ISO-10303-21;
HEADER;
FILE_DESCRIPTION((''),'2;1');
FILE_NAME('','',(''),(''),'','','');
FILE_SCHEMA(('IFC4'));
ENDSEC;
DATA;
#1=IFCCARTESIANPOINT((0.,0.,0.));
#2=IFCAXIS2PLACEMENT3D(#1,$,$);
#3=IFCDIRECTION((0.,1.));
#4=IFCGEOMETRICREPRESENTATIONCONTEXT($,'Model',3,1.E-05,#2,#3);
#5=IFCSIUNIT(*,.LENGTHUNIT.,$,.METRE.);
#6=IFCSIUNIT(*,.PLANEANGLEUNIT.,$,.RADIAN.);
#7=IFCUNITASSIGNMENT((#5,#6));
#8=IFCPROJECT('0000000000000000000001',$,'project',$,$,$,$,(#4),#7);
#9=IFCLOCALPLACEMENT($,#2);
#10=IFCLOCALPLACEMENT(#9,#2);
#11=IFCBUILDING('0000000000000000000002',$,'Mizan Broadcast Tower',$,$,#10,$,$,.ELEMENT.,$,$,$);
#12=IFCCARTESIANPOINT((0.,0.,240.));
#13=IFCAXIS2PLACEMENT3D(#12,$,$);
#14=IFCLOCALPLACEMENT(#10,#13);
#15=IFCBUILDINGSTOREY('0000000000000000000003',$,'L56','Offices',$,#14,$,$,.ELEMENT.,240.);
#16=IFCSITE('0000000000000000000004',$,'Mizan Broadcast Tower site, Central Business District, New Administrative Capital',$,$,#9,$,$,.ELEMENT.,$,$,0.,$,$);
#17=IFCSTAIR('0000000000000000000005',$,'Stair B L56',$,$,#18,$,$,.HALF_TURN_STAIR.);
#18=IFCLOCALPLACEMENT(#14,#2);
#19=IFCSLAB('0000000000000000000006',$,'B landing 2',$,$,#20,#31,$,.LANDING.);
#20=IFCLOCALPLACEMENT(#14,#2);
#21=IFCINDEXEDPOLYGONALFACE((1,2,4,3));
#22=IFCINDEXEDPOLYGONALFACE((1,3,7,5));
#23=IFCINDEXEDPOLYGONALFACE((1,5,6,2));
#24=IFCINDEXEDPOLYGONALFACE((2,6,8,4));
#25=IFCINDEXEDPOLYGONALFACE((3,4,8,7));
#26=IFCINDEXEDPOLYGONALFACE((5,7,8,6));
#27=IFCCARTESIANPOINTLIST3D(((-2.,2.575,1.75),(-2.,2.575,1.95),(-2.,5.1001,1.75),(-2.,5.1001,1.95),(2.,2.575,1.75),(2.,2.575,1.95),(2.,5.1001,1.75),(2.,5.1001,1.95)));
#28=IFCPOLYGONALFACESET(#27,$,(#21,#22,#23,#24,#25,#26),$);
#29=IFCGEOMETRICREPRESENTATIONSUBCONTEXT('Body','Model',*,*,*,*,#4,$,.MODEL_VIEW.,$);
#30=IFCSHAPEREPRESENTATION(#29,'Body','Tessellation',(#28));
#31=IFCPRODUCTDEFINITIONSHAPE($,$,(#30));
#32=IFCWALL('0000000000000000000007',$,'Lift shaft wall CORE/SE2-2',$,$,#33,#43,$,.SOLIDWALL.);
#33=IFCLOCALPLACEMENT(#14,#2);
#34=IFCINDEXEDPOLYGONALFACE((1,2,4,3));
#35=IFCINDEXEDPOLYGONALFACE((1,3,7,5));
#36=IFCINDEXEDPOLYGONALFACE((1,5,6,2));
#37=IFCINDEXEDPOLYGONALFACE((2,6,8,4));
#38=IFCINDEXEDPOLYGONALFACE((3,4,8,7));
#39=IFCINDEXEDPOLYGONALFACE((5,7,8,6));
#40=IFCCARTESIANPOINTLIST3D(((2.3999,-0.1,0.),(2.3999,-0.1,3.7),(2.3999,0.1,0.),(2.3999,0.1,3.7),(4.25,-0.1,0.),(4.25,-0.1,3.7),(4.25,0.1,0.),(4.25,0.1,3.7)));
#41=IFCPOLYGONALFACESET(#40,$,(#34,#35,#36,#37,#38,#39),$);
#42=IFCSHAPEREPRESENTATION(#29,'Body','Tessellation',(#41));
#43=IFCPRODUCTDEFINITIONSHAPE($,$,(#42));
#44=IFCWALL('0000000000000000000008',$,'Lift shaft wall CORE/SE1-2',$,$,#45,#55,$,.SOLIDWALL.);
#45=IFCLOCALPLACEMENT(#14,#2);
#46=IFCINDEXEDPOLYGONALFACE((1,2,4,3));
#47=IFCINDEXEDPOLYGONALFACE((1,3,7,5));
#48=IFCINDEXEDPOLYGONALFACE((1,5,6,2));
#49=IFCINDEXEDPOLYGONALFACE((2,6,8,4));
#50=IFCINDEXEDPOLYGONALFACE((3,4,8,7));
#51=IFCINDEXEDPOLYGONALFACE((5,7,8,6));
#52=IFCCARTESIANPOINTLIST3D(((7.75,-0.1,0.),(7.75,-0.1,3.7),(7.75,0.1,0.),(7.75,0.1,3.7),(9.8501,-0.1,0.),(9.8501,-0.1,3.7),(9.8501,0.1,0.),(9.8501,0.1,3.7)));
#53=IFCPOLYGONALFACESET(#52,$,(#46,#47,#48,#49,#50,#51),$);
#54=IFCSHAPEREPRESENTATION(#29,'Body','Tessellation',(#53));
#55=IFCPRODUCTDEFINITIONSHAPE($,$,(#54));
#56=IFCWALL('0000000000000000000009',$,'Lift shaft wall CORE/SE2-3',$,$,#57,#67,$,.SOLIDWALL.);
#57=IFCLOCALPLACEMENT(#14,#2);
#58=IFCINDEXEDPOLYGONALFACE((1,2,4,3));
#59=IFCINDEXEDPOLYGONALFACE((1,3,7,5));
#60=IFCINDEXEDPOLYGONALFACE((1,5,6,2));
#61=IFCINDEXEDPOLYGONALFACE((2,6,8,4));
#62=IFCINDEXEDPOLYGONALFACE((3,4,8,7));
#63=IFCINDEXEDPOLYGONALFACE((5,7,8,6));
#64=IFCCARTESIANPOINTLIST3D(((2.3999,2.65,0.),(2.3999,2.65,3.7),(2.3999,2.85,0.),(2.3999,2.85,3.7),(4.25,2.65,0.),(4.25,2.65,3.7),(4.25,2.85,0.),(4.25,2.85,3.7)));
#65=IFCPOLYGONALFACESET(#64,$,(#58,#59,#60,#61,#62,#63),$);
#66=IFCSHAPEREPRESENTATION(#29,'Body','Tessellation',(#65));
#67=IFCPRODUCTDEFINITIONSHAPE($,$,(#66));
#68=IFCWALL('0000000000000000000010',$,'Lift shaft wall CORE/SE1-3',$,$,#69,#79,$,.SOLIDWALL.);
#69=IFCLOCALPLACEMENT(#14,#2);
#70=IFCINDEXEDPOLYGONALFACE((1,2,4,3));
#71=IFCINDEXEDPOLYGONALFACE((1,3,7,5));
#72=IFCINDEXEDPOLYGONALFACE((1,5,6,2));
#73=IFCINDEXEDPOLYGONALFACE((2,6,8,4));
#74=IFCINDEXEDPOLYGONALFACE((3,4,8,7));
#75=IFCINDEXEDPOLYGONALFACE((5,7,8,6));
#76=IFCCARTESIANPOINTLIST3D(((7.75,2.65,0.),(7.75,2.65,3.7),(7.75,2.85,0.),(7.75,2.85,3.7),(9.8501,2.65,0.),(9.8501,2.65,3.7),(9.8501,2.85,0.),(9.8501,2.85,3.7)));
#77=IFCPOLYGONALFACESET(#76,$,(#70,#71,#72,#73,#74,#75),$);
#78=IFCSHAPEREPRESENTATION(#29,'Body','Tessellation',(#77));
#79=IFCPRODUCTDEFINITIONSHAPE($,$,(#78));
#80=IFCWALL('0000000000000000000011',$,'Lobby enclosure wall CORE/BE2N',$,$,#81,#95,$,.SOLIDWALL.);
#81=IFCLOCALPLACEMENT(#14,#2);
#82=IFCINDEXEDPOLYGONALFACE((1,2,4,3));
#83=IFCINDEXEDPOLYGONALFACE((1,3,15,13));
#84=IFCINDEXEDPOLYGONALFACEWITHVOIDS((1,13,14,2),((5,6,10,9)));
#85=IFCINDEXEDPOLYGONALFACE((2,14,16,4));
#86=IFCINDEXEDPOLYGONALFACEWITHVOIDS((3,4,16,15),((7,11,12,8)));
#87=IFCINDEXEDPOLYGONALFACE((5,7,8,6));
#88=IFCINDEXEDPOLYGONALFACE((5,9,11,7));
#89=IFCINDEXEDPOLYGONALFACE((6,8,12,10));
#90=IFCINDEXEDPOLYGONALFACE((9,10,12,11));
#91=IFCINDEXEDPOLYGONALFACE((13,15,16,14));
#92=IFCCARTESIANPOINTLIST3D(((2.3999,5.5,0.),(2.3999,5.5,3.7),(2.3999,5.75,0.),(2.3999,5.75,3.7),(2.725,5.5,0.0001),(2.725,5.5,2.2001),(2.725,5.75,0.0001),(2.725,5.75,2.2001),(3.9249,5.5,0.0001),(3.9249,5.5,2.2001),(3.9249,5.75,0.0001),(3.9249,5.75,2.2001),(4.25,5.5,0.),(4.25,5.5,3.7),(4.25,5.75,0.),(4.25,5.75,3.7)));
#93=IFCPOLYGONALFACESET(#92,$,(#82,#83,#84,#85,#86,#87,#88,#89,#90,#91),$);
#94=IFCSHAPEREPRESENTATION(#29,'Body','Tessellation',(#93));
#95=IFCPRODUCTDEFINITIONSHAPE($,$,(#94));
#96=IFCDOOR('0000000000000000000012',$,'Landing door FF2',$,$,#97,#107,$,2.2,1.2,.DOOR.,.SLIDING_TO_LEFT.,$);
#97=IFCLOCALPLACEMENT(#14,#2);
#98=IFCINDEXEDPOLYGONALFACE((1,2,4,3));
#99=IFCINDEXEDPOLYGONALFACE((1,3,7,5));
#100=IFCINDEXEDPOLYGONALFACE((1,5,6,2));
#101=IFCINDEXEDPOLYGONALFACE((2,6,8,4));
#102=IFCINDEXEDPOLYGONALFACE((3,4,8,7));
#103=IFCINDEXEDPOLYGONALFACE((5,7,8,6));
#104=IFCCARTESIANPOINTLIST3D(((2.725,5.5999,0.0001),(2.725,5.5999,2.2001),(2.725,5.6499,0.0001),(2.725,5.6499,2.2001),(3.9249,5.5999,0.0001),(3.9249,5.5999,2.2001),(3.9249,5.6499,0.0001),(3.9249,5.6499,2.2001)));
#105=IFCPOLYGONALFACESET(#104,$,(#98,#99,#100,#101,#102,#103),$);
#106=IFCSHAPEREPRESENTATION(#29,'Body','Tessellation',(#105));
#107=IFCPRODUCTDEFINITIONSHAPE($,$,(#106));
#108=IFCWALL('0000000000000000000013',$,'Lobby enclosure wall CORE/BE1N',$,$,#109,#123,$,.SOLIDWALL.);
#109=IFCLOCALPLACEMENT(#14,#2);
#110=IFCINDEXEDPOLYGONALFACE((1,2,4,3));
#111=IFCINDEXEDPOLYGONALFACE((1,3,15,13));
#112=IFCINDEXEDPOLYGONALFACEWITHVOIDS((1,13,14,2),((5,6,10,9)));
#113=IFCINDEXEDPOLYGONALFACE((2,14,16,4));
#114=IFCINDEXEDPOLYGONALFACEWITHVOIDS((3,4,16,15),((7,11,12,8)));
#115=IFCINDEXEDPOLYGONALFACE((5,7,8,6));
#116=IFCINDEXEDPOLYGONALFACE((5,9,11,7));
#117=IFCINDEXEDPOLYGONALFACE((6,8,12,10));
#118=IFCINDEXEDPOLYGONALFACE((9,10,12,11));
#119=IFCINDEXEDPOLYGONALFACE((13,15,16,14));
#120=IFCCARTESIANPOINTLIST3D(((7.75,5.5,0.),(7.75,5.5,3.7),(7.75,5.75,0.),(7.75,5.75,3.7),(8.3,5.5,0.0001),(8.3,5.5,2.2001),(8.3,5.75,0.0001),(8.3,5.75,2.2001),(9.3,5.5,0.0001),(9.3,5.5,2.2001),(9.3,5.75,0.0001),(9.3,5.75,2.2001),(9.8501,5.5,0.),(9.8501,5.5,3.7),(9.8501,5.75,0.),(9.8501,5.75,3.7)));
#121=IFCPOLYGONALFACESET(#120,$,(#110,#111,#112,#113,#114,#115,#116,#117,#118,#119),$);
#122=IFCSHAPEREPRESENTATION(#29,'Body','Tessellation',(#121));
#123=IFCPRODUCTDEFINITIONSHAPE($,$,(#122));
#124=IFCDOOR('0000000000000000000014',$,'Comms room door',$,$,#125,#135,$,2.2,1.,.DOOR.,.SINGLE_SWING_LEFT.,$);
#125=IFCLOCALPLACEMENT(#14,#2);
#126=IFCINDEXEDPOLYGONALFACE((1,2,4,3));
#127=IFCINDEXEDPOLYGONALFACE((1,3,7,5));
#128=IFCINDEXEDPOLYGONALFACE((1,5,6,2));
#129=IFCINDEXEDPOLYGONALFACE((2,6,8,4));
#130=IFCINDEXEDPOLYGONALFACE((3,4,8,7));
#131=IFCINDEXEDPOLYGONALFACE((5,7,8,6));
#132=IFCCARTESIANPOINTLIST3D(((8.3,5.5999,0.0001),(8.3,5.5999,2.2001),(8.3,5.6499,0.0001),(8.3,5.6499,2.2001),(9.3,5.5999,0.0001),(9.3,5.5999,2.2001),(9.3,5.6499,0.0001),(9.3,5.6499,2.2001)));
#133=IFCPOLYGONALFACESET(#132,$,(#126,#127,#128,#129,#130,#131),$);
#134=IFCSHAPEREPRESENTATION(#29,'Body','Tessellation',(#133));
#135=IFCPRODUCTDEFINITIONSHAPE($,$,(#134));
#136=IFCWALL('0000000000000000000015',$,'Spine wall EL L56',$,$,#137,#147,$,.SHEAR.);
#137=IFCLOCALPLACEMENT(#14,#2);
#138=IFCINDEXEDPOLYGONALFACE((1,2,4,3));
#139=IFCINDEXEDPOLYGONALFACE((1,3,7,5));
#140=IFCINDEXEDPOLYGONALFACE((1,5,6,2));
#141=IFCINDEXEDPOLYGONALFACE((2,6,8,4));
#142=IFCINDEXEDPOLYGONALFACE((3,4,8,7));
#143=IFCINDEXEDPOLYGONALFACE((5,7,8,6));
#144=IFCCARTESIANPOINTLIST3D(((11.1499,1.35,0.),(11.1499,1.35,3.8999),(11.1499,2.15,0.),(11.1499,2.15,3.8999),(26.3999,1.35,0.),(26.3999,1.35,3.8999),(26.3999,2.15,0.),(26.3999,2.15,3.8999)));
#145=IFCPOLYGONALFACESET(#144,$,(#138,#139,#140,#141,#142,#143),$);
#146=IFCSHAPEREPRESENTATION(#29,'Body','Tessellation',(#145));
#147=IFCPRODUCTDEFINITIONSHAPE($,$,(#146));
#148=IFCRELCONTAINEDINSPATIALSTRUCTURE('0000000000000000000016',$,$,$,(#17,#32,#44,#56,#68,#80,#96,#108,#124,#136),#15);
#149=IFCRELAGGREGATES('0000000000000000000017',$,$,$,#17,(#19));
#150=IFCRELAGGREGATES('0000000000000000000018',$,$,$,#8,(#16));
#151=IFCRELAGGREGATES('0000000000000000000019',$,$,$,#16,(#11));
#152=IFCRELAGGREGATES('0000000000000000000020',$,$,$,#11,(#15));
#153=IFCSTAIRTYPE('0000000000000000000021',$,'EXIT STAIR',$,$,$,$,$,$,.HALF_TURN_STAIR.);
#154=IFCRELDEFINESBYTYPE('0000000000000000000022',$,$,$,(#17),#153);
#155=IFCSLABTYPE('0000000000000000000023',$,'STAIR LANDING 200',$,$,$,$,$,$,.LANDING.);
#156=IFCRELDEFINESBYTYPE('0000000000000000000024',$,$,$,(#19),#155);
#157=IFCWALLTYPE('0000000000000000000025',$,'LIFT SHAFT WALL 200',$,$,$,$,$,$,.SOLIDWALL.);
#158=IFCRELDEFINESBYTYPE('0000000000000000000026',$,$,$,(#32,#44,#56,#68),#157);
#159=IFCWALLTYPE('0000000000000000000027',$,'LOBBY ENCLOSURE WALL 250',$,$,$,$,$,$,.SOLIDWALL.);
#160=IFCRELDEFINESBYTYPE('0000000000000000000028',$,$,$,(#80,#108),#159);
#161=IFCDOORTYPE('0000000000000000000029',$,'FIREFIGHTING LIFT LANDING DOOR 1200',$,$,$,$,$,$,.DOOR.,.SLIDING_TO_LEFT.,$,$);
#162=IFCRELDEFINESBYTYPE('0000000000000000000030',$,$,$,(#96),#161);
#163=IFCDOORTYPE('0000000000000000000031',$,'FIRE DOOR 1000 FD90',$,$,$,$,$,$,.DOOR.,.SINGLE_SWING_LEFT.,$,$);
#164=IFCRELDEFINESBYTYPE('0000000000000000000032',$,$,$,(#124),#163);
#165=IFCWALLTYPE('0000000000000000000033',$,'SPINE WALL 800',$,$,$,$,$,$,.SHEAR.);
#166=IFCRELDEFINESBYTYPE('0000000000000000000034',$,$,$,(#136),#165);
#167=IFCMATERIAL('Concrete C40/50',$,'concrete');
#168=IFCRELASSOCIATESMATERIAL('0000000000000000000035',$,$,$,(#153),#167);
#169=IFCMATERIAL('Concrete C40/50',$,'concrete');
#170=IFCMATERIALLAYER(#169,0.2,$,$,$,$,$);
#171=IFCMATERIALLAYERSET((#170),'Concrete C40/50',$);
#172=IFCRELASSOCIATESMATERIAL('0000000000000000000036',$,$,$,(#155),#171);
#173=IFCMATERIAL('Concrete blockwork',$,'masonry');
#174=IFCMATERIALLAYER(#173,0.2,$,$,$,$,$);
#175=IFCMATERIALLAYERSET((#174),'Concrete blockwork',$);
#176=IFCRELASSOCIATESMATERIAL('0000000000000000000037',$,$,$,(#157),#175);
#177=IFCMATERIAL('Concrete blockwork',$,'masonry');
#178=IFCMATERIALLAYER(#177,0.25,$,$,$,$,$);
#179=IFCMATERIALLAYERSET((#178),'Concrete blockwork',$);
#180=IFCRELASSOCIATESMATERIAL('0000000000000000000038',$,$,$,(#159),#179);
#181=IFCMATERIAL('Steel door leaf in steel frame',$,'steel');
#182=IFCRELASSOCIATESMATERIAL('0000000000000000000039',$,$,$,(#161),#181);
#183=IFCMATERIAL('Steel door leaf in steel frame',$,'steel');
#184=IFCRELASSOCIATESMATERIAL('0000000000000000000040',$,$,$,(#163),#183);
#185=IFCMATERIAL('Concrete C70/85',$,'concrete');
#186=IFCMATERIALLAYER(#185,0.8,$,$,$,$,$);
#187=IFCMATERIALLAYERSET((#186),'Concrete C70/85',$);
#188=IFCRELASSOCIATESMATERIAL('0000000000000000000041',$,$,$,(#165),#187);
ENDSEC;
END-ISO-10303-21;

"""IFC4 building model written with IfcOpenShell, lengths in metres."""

from ifc_helpers import new_model, si_unit, direction, frame, frame_2d, origin, place, context, subcontext, project, spatial, polyline, rectangle, outline, extrude, material, layer, layer_set, type_object, element, fill, aggregate, save


model = new_model("IFC4")

# Units and contexts
model_context = context("Model", 3, precision=1e-05, world=origin(), true_north=direction((0.0, 1.0)))
body_context = subcontext(model_context, "Body", "Model", "MODEL_VIEW")
ifc_project = project(units=[si_unit("LENGTHUNIT", "METRE"), si_unit("PLANEANGLEUNIT", "RADIAN")], contexts=[model_context])

# Site, building, storey
site_placement = place(None, origin())
site = spatial("IfcSite", under=ifc_project, at=site_placement, Name="Mizan Broadcast Tower site, Central Business District, New Administrative Capital", CompositionType="ELEMENT", RefElevation=0.0)
building_placement = place(site_placement, origin())
building = spatial("IfcBuilding", under=site, at=building_placement, Name="Mizan Broadcast Tower", CompositionType="ELEMENT")
storey_placement = place(building_placement, frame((0.0, 0.0, 240.0)))
storey = spatial("IfcBuildingStorey", under=building, at=storey_placement, Name="L56", Description="Offices", CompositionType="ELEMENT", Elevation=240.0)

# Stair, slab
ifc_material_1 = material(Name="Concrete C40/50", Category="concrete")
stair_type = type_object("IfcStairType", Name="EXIT STAIR", PredefinedType="HALF_TURN_STAIR", material=ifc_material_1)
ifc_material_2 = material(Name="Concrete C40/50", Category="concrete")
ifc_layer_1 = layer(ifc_material_2, 0.2)
ifc_layer_set_1 = layer_set([ifc_layer_1], Name="Concrete C40/50")
slab_type = type_object("IfcSlabType", Name="STAIR LANDING 200", PredefinedType="LANDING", material=ifc_layer_set_1)
stair_1_placement = place(storey_placement, origin())
stair_1 = element("IfcStair", 1, at=stair_1_placement, inside=storey, type_object=stair_type, Name="Stair B L56", PredefinedType="HALF_TURN_STAIR")
slab_1_placement = place(storey_placement, frame((0.0, 0.0, 1.75)))
slab_1 = element("IfcSlab", 2, at=slab_1_placement, type_object=slab_type, Name="B landing 2", PredefinedType="LANDING", context=body_context, shape_type="SweptSolid", body=[
    extrude(outline(polyline([(2.0, 5.1001), (2.0, 2.575), (-2.0, 2.575), (-2.0, 5.1001), (2.0, 5.1001)])), origin(), (0.0, 0.0, 1.0), 0.2),
])
aggregate(stair_1, [slab_1])

# Walls
ifc_material_3 = material(Name="Concrete blockwork", Category="masonry")
ifc_layer_2 = layer(ifc_material_3, 0.2)
ifc_layer_set_2 = layer_set([ifc_layer_2], Name="Concrete blockwork")
wall_type_1 = type_object("IfcWallType", Name="LIFT SHAFT WALL 200", PredefinedType="SOLIDWALL", material=ifc_layer_set_2)
wall_1_placement = place(storey_placement, frame((2.3999, 0.0, 0.0), z_axis=(0.0, 0.0, 1.0), x_axis=(1.0, 0.0, 0.0)))
element("IfcWall", 3, at=wall_1_placement, inside=storey, type_object=wall_type_1, Name="Lift shaft wall CORE/SE2-2", PredefinedType="SOLIDWALL", context=body_context, shape_type="SweptSolid", body=[
    extrude(rectangle(XDim=1.8501, YDim=0.2, at=frame_2d((0.925, 0.0))), origin(), (0.0, 0.0, 1.0), 3.7),
])
wall_2_placement = place(storey_placement, frame((7.75, 0.0, 0.0), z_axis=(0.0, 0.0, 1.0), x_axis=(1.0, 0.0, 0.0)))
element("IfcWall", 4, at=wall_2_placement, inside=storey, type_object=wall_type_1, Name="Lift shaft wall CORE/SE1-2", PredefinedType="SOLIDWALL", context=body_context, shape_type="SweptSolid", body=[
    extrude(rectangle(XDim=2.1001, YDim=0.2, at=frame_2d((1.05, 0.0))), origin(), (0.0, 0.0, 1.0), 3.7),
])
wall_3_placement = place(storey_placement, frame((2.3999, 2.75, 0.0), z_axis=(0.0, 0.0, 1.0), x_axis=(1.0, 0.0, 0.0)))
element("IfcWall", 5, at=wall_3_placement, inside=storey, type_object=wall_type_1, Name="Lift shaft wall CORE/SE2-3", PredefinedType="SOLIDWALL", context=body_context, shape_type="SweptSolid", body=[
    extrude(rectangle(XDim=1.8501, YDim=0.2, at=frame_2d((0.925, 0.0))), origin(), (0.0, 0.0, 1.0), 3.7),
])
wall_4_placement = place(storey_placement, frame((7.75, 2.75, 0.0), z_axis=(0.0, 0.0, 1.0), x_axis=(1.0, 0.0, 0.0)))
element("IfcWall", 6, at=wall_4_placement, inside=storey, type_object=wall_type_1, Name="Lift shaft wall CORE/SE1-3", PredefinedType="SOLIDWALL", context=body_context, shape_type="SweptSolid", body=[
    extrude(rectangle(XDim=2.1001, YDim=0.2, at=frame_2d((1.05, 0.0))), origin(), (0.0, 0.0, 1.0), 3.7),
])

# Walls, openings, doors
ifc_material_4 = material(Name="Concrete blockwork", Category="masonry")
ifc_layer_3 = layer(ifc_material_4, 0.25)
ifc_layer_set_3 = layer_set([ifc_layer_3], Name="Concrete blockwork")
wall_type_2 = type_object("IfcWallType", Name="LOBBY ENCLOSURE WALL 250", PredefinedType="SOLIDWALL", material=ifc_layer_set_3)
wall_5_placement = place(storey_placement, frame((2.3999, 5.625, 0.0), z_axis=(0.0, 0.0, 1.0), x_axis=(1.0, 0.0, 0.0)))
wall_5 = element("IfcWall", 7, at=wall_5_placement, inside=storey, type_object=wall_type_2, Name="Lobby enclosure wall CORE/BE2N", PredefinedType="SOLIDWALL", context=body_context, shape_type="SweptSolid", body=[
    extrude(rectangle(XDim=1.8501, YDim=0.25, at=frame_2d((0.925, 0.0))), origin(), (0.0, 0.0, 1.0), 3.7),
])
opening_1_placement = place(wall_5_placement, frame((0.325, 0.0, 0.0)))
opening_1 = element("IfcOpeningElement", 8, at=opening_1_placement, cuts=wall_5, PredefinedType="OPENING", context=body_context, shape_type="SweptSolid", body=[
    extrude(rectangle(XDim=1.2, YDim=2.2, at=frame_2d((0.6001, 1.1001))), frame((0.0, 0.135, 0.0), z_axis=(0.0, -1.0, 0.0), x_axis=(1.0, 0.0, 0.0)), (0.0, 0.0, 1.0), 0.27),
])
ifc_material_5 = material(Name="Steel door leaf in steel frame", Category="steel")
door_type_1 = type_object("IfcDoorType", Name="FIREFIGHTING LIFT LANDING DOOR 1200", OperationType="SLIDING_TO_LEFT", PredefinedType="DOOR", material=ifc_material_5)
door_1_placement = place(opening_1_placement, origin())
door_1 = element("IfcDoor", 9, at=door_1_placement, inside=storey, type_object=door_type_1, Name="Landing door FF2", OperationType="SLIDING_TO_LEFT", OverallHeight=2.2, OverallWidth=1.2, PredefinedType="DOOR", context=body_context, shape_type="SweptSolid", body=[
    extrude(rectangle(XDim=1.2, YDim=2.2, at=frame_2d((0.6001, 1.1001))), frame((0.0, 0.0249, 0.0), z_axis=(0.0, -1.0, 0.0), x_axis=(1.0, 0.0, 0.0)), (0.0, 0.0, 1.0), 0.05),
])
fill(opening_1, door_1)
wall_6_placement = place(storey_placement, frame((7.75, 5.625, 0.0), z_axis=(0.0, 0.0, 1.0), x_axis=(1.0, 0.0, 0.0)))
wall_6 = element("IfcWall", 10, at=wall_6_placement, inside=storey, type_object=wall_type_2, Name="Lobby enclosure wall CORE/BE1N", PredefinedType="SOLIDWALL", context=body_context, shape_type="SweptSolid", body=[
    extrude(rectangle(XDim=2.1001, YDim=0.25, at=frame_2d((1.05, 0.0))), origin(), (0.0, 0.0, 1.0), 3.7),
])
opening_2_placement = place(wall_6_placement, frame((0.55, 0.0, 0.0)))
opening_2 = element("IfcOpeningElement", 11, at=opening_2_placement, cuts=wall_6, PredefinedType="OPENING", context=body_context, shape_type="SweptSolid", body=[
    extrude(rectangle(XDim=1.0, YDim=2.2, at=frame_2d((0.5, 1.1001))), frame((0.0, 0.135, 0.0), z_axis=(0.0, -1.0, 0.0), x_axis=(1.0, 0.0, 0.0)), (0.0, 0.0, 1.0), 0.27),
])
ifc_material_6 = material(Name="Steel door leaf in steel frame", Category="steel")
door_type_2 = type_object("IfcDoorType", Name="FIRE DOOR 1000 FD90", OperationType="SINGLE_SWING_LEFT", PredefinedType="DOOR", material=ifc_material_6)
door_2_placement = place(opening_2_placement, origin())
door_2 = element("IfcDoor", 12, at=door_2_placement, inside=storey, type_object=door_type_2, Name="Comms room door", OperationType="SINGLE_SWING_LEFT", OverallHeight=2.2, OverallWidth=1.0, PredefinedType="DOOR", context=body_context, shape_type="SweptSolid", body=[
    extrude(rectangle(XDim=1.0, YDim=2.2, at=frame_2d((0.5, 1.1001))), frame((0.0, 0.0249, 0.0), z_axis=(0.0, -1.0, 0.0), x_axis=(1.0, 0.0, 0.0)), (0.0, 0.0, 1.0), 0.05),
])
fill(opening_2, door_2)

# Wall
ifc_material_7 = material(Name="Concrete C70/85", Category="concrete")
ifc_layer_4 = layer(ifc_material_7, 0.8)
ifc_layer_set_4 = layer_set([ifc_layer_4], Name="Concrete C70/85")
wall_type_3 = type_object("IfcWallType", Name="SPINE WALL 800", PredefinedType="SHEAR", material=ifc_layer_set_4)
wall_7_placement = place(storey_placement, frame((11.1499, 1.75, 0.0), z_axis=(0.0, 0.0, 1.0), x_axis=(1.0, 0.0, 0.0)))
element("IfcWall", 13, at=wall_7_placement, inside=storey, type_object=wall_type_3, Name="Spine wall EL L56", PredefinedType="SHEAR", context=body_context, shape_type="SweptSolid", body=[
    extrude(rectangle(XDim=15.25, YDim=0.8, at=frame_2d((7.625, 0.0))), origin(), (0.0, 0.0, 1.0), 3.8999),
])

save(model, "model.ifc")
